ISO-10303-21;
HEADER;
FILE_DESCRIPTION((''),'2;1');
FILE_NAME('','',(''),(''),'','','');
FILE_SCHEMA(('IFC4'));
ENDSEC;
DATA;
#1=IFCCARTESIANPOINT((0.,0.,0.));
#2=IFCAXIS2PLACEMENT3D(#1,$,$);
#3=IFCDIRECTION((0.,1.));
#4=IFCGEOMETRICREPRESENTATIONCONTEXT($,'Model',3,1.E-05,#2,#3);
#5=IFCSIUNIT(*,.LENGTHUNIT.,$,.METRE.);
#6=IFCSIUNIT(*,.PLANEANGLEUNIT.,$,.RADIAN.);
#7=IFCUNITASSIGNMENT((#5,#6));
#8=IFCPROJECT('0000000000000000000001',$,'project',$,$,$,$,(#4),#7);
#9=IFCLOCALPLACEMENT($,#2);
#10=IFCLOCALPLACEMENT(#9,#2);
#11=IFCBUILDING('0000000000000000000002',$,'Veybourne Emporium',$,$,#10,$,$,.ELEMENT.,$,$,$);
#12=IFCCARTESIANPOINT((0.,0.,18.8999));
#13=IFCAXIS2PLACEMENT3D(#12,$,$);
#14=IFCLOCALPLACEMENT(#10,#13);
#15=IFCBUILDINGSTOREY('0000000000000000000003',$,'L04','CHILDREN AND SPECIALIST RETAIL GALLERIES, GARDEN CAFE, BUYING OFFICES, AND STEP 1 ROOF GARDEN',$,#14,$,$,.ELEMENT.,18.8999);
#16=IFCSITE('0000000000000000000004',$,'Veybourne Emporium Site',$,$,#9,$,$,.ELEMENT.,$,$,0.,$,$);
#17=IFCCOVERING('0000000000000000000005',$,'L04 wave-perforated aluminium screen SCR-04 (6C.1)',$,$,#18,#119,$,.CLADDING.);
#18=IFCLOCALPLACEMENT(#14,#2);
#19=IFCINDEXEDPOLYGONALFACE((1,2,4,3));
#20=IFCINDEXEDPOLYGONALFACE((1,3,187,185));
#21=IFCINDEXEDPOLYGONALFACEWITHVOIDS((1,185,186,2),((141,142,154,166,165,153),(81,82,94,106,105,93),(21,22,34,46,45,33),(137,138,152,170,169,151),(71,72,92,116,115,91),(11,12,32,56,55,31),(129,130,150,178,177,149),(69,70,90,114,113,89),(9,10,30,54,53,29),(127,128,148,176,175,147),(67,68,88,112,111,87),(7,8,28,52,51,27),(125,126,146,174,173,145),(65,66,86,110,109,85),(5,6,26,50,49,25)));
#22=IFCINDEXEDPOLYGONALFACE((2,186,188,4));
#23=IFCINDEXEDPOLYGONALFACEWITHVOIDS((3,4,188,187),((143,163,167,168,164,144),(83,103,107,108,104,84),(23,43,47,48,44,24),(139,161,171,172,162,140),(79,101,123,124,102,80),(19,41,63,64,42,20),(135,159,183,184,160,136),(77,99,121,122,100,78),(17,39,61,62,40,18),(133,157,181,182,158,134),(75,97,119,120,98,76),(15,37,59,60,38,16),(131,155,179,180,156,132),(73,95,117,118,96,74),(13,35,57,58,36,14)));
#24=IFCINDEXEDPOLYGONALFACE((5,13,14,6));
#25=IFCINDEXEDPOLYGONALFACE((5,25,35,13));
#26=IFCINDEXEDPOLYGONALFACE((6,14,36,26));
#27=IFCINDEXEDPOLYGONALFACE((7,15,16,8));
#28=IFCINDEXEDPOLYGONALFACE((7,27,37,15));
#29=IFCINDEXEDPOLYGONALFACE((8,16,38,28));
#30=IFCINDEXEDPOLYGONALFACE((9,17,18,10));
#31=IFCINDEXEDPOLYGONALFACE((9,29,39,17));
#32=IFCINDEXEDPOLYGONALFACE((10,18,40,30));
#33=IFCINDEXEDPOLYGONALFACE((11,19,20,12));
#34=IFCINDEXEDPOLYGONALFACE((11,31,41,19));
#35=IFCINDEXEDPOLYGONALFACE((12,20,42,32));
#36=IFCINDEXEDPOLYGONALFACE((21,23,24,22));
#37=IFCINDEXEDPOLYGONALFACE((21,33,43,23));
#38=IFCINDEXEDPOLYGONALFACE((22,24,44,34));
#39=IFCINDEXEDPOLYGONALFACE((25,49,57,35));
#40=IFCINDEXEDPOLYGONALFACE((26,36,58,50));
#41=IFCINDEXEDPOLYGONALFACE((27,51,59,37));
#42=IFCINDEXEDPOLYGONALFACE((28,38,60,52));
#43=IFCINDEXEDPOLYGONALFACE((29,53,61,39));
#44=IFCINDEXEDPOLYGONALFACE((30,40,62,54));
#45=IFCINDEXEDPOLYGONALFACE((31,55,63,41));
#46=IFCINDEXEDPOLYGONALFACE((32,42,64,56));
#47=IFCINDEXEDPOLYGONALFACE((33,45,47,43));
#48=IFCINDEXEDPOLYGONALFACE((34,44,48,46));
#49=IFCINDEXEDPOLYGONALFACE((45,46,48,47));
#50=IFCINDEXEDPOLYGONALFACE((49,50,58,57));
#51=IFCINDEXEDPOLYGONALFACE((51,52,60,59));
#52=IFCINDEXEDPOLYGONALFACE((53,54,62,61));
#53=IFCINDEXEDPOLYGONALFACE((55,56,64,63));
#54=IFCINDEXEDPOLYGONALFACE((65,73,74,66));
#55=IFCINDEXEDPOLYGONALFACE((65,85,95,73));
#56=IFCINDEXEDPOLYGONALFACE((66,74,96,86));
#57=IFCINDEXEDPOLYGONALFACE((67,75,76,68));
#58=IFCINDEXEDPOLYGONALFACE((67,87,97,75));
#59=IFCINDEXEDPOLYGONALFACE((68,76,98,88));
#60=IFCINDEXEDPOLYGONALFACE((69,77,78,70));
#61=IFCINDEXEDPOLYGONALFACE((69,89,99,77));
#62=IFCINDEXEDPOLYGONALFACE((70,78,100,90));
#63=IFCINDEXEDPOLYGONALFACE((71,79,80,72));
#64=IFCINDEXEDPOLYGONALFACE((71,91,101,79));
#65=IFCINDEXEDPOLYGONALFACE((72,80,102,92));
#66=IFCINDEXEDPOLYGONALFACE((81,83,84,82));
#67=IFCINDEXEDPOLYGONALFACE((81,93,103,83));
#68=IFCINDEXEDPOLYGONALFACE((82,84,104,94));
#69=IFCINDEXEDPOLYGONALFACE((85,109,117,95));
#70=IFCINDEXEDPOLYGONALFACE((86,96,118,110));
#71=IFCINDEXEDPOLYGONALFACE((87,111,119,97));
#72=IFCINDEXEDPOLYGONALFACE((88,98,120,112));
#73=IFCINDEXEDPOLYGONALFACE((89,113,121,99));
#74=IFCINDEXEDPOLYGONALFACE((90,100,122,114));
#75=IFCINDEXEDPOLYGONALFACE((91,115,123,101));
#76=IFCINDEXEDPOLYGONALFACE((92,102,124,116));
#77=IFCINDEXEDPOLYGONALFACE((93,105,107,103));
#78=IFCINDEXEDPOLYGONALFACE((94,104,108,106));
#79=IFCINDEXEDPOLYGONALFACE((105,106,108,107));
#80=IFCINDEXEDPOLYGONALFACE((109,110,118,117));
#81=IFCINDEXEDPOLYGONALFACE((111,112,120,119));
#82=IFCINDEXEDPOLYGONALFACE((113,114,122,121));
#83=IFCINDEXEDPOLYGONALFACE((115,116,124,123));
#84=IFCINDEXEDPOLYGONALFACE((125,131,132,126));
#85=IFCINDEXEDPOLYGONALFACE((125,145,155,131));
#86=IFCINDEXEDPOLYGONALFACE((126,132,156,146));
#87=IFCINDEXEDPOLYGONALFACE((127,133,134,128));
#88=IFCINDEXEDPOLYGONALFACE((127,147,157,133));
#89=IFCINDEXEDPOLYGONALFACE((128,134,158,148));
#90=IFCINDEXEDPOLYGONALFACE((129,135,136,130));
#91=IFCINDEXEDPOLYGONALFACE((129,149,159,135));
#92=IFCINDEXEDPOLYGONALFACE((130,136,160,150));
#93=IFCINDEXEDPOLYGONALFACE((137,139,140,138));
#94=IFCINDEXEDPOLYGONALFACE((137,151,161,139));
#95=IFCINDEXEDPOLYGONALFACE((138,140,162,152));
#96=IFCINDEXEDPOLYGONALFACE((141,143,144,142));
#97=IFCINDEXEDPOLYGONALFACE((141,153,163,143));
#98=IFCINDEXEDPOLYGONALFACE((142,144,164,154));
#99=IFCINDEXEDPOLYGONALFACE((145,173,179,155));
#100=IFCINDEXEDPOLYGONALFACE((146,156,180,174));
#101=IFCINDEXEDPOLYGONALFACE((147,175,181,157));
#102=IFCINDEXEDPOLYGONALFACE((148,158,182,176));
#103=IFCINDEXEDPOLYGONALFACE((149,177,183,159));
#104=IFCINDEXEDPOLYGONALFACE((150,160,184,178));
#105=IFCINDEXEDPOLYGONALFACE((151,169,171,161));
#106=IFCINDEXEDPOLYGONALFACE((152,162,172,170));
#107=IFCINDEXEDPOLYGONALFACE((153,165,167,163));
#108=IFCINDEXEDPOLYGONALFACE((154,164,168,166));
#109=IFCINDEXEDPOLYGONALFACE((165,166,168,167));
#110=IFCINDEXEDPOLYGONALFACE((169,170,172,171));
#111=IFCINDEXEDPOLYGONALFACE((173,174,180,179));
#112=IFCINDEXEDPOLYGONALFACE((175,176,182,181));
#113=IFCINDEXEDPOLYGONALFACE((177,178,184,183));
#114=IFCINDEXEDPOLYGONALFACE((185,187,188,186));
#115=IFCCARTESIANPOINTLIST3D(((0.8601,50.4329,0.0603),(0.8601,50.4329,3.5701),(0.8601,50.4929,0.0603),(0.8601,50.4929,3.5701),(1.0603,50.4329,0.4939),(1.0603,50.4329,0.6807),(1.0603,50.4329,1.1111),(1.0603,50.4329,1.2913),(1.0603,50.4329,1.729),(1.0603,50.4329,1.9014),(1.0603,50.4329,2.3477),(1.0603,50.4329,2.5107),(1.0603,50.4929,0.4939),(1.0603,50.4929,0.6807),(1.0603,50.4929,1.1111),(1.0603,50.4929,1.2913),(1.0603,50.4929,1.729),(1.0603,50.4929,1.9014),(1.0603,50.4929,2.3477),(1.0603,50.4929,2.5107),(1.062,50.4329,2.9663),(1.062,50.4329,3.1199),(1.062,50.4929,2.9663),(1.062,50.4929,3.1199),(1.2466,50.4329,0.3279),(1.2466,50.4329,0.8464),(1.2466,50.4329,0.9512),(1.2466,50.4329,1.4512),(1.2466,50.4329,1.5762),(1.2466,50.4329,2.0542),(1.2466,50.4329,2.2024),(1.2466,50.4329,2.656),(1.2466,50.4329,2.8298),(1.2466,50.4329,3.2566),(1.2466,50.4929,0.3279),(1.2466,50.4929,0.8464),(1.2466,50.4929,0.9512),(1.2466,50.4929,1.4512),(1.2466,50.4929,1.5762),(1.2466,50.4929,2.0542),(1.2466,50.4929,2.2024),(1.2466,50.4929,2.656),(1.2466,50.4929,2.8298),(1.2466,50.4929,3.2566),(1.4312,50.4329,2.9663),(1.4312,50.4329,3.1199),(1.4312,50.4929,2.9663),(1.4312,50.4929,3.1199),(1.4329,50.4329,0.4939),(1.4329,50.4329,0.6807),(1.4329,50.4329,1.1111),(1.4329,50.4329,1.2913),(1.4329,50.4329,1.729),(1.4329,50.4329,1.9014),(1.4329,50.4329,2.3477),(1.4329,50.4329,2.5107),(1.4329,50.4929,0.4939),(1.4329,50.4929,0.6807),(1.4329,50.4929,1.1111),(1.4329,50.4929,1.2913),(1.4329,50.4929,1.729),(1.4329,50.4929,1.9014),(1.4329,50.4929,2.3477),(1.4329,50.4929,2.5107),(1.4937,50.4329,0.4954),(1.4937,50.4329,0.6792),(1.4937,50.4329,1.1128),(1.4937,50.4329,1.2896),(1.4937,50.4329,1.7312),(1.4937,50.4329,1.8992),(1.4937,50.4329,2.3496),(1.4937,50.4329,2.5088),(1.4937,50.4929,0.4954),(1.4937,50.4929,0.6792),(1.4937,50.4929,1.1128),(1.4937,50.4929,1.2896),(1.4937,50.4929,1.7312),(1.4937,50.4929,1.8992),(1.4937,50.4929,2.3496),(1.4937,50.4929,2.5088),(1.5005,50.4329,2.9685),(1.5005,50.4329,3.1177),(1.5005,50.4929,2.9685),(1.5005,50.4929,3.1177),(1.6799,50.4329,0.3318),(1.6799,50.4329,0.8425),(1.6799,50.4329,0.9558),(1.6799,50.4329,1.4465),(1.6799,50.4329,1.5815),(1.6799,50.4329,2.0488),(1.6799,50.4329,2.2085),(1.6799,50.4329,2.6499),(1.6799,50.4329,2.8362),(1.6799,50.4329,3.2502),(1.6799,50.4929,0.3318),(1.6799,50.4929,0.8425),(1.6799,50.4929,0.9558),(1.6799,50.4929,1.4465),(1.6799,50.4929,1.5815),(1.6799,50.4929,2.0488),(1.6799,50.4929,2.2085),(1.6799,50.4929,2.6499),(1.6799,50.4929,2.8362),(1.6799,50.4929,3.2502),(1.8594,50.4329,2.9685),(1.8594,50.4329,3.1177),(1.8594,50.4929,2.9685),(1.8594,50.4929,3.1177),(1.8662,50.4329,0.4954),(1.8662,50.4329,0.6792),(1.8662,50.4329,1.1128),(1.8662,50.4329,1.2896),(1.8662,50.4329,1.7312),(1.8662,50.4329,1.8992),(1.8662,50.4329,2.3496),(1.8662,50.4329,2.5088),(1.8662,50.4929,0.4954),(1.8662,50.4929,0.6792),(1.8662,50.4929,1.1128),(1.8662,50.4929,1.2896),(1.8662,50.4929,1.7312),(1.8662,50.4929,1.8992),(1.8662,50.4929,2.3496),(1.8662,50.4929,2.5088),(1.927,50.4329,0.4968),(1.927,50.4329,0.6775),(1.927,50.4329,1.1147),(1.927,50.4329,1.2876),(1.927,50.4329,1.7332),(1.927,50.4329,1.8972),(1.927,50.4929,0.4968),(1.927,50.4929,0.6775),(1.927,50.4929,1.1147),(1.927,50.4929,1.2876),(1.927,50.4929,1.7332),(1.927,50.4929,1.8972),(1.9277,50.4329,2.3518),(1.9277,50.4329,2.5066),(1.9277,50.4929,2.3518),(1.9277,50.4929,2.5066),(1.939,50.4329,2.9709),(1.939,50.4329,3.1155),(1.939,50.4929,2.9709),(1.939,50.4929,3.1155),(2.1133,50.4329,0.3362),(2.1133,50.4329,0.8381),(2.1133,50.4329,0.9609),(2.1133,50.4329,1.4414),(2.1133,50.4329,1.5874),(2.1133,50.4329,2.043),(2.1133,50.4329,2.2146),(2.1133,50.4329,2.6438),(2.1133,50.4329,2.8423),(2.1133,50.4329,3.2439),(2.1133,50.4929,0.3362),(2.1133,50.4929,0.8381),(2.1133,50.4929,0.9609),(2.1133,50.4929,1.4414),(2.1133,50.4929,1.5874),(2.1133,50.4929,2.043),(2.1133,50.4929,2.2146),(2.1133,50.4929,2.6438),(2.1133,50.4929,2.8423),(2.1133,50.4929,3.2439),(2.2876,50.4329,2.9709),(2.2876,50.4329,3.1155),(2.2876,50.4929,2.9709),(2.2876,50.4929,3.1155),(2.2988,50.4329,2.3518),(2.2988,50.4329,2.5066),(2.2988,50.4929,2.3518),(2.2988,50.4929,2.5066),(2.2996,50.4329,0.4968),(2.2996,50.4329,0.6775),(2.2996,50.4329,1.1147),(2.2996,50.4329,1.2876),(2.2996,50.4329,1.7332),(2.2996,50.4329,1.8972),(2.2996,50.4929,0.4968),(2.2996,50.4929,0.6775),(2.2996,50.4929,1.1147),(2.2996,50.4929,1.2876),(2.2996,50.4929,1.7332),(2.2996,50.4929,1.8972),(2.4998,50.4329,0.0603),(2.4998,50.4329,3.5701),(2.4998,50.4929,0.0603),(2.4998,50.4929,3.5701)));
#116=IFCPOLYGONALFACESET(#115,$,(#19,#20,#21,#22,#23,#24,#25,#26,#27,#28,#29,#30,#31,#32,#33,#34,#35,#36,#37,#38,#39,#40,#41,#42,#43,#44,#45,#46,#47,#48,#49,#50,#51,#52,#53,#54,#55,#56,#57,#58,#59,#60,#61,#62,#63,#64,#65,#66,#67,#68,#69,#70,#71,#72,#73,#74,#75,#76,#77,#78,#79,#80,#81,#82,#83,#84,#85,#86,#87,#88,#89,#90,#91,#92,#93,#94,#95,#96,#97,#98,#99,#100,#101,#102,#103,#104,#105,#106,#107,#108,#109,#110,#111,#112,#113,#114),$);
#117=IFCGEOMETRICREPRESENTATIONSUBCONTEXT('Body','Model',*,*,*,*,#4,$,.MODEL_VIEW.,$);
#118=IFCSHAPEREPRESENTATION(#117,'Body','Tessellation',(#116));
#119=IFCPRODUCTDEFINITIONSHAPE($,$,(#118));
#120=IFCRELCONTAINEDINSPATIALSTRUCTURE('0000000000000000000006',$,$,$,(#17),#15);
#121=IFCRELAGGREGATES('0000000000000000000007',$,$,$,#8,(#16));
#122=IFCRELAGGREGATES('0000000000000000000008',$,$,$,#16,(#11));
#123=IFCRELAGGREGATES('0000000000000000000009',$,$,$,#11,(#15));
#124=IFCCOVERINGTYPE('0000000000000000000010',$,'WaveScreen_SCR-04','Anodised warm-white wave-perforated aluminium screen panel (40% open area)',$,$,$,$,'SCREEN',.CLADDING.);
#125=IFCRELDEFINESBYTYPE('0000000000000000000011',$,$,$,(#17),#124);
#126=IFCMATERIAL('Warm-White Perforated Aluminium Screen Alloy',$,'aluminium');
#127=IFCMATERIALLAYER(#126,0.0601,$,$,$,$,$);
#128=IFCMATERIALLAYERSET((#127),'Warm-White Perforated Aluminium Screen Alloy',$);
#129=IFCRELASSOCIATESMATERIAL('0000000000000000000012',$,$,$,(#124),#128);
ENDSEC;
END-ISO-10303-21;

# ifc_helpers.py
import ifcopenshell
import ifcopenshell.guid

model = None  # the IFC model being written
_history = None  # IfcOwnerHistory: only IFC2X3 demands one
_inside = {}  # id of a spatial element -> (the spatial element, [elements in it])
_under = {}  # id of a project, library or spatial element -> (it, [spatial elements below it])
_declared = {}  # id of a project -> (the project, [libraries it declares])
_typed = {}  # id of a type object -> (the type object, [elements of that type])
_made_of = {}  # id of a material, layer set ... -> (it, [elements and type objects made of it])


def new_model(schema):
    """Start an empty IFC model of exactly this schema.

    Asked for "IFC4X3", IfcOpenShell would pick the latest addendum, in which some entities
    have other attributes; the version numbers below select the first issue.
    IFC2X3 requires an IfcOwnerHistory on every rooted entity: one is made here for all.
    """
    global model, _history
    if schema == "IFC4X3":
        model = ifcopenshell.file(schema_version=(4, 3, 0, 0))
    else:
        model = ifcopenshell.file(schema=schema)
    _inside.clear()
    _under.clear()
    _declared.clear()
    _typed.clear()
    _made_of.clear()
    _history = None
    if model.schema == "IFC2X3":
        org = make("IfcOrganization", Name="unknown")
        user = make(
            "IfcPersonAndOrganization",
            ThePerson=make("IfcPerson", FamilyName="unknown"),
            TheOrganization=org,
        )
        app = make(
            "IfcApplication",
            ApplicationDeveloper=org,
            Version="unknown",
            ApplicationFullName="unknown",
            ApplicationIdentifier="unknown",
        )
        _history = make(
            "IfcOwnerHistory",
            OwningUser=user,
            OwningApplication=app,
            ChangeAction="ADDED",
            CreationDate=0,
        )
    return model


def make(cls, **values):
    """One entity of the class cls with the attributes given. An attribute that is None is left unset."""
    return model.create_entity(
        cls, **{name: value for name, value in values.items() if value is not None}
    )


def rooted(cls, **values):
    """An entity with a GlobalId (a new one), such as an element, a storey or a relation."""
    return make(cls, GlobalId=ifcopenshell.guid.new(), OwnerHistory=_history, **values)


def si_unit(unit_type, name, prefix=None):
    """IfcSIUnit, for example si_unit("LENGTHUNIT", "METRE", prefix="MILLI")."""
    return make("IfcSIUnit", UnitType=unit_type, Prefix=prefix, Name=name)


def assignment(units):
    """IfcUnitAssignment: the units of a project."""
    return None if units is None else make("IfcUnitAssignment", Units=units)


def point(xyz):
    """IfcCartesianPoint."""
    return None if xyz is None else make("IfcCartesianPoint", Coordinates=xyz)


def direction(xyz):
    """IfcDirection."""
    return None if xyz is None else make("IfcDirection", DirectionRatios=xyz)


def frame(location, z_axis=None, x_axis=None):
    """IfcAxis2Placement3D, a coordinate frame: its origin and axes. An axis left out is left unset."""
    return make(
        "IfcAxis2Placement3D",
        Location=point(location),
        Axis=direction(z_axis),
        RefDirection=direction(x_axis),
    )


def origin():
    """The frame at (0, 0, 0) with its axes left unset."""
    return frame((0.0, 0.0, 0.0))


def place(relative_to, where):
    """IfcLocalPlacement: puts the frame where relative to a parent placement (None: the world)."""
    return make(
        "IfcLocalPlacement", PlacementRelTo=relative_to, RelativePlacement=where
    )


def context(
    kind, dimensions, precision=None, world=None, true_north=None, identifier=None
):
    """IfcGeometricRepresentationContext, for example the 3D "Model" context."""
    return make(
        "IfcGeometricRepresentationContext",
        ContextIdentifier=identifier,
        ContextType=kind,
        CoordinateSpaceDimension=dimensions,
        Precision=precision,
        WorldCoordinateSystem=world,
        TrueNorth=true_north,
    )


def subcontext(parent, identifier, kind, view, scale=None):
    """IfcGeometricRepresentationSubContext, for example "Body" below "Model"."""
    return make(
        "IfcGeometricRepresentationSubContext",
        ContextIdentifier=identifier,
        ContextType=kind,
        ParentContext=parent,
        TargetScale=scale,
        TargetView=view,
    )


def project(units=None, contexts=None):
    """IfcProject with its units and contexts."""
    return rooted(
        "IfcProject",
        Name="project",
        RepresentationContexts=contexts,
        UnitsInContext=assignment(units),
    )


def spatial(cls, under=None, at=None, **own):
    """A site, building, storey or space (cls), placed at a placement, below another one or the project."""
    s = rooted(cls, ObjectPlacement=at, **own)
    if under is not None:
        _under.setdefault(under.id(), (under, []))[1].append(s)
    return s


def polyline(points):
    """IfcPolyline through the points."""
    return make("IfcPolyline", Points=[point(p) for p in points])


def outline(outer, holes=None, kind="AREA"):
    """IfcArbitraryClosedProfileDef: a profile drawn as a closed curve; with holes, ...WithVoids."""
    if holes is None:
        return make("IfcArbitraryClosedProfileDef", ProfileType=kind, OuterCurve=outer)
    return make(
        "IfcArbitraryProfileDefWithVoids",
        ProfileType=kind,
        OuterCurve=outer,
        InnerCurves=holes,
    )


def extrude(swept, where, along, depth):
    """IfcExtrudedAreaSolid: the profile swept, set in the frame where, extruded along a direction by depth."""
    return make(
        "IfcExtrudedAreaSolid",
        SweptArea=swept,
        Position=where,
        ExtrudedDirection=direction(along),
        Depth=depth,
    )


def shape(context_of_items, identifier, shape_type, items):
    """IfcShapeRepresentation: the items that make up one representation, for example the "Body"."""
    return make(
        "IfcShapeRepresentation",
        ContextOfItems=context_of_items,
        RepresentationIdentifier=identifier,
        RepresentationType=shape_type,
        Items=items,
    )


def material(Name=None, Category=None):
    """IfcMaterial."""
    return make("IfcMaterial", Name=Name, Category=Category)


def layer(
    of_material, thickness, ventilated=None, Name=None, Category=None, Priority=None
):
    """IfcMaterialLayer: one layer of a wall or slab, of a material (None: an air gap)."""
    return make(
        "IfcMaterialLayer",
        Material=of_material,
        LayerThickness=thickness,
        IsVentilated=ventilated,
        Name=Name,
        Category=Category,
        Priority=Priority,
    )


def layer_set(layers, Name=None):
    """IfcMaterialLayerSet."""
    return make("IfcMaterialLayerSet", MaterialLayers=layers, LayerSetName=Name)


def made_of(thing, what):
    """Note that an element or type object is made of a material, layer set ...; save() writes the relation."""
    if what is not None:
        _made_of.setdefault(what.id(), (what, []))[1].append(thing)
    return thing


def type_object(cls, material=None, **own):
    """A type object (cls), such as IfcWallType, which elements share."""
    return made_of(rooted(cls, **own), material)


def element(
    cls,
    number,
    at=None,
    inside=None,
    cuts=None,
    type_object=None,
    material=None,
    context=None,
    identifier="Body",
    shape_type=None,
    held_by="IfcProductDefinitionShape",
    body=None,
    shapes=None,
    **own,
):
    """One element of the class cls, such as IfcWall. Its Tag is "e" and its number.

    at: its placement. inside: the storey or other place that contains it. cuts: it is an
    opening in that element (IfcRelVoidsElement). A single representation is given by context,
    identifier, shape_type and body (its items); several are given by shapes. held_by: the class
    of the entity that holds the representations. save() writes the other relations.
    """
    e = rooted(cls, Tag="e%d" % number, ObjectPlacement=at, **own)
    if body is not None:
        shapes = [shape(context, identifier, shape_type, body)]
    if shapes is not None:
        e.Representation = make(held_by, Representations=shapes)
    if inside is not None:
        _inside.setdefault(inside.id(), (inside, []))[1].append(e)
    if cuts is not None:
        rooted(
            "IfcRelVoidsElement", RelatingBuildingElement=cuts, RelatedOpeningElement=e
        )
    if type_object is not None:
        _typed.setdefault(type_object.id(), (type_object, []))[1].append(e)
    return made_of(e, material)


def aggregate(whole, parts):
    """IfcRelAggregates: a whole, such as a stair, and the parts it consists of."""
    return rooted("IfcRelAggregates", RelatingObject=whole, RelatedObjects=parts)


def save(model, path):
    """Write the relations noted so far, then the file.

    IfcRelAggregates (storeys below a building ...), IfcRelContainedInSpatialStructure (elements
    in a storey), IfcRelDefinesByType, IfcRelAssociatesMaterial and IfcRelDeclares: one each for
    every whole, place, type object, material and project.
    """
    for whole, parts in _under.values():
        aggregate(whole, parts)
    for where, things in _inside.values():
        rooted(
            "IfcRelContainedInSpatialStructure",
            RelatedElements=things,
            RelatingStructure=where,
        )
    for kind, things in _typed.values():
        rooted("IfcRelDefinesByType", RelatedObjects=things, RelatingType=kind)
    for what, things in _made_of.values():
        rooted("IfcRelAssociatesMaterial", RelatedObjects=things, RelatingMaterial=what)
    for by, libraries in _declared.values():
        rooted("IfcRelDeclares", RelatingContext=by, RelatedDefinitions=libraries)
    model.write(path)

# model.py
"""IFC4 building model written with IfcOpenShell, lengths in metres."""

from ifc_helpers import new_model, si_unit, direction, frame, origin, place, context, subcontext, project, spatial, polyline, outline, extrude, material, layer, layer_set, type_object, element, save


model = new_model("IFC4")

# Units and contexts
model_context = context("Model", 3, precision=1e-05, world=origin(), true_north=direction((0.0, 1.0)))
body_context = subcontext(model_context, "Body", "Model", "MODEL_VIEW")
ifc_project = project(units=[si_unit("LENGTHUNIT", "METRE"), si_unit("PLANEANGLEUNIT", "RADIAN")], contexts=[model_context])

# Site, building, storey
site_placement = place(None, origin())
site = spatial("IfcSite", under=ifc_project, at=site_placement, Name="Veybourne Emporium Site", CompositionType="ELEMENT", RefElevation=0.0)
building_placement = place(site_placement, origin())
building = spatial("IfcBuilding", under=site, at=building_placement, Name="Veybourne Emporium", CompositionType="ELEMENT")
storey_placement = place(building_placement, frame((0.0, 0.0, 18.8999)))
storey = spatial("IfcBuildingStorey", under=building, at=storey_placement, Name="L04", Description="CHILDREN AND SPECIALIST RETAIL GALLERIES, GARDEN CAFE, BUYING OFFICES, AND STEP 1 ROOF GARDEN", CompositionType="ELEMENT", Elevation=18.8999)

# Covering
ifc_material_1 = material(Name="Warm-White Perforated Aluminium Screen Alloy", Category="aluminium")
ifc_layer_1 = layer(ifc_material_1, 0.0601)
ifc_layer_set_1 = layer_set([ifc_layer_1], Name="Warm-White Perforated Aluminium Screen Alloy")
covering_type_1 = type_object("IfcCoveringType", Name="WaveScreen_SCR-04", Description="Anodised warm-white wave-perforated aluminium screen panel (40% open area)", ElementType="SCREEN", PredefinedType="CLADDING", material=ifc_layer_set_1)
covering_1_placement = place(storey_placement, frame((1.6799, 50.4929, 1.8152), z_axis=(0.0, -1.0, 0.0), x_axis=(1.0, 0.0, 0.0)))
element("IfcCovering", 1, at=covering_1_placement, inside=storey, type_object=covering_type_1, Name="L04 wave-perforated aluminium screen SCR-04 (6C.1)", PredefinedType="CLADDING", context=body_context, shape_type="SweptSolid", body=[
    extrude(outline(polyline([(-0.8198, -1.7549), (0.8198, -1.7549), (0.8198, 1.7549), (-0.8198, 1.7549), (-0.8198, -1.7549)]), holes=[polyline([(-0.4333, -0.9688), (-0.2471, -1.1345), (-0.2471, -1.3213), (-0.4333, -1.4873), (-0.6196, -1.3213), (-0.6196, -1.1345), (-0.4333, -0.9688)]), polyline([(-0.4333, -0.364), (-0.2471, -0.5239), (-0.2471, -0.7041), (-0.4333, -0.864), (-0.6196, -0.7041), (-0.6196, -0.5239), (-0.4333, -0.364)]), polyline([(-0.4333, 0.239), (-0.2471, 0.0862), (-0.2471, -0.0862), (-0.4333, -0.239), (-0.6196, -0.0862), (-0.6196, 0.0862), (-0.4333, 0.239)]), polyline([(-0.4333, 0.8408), (-0.2471, 0.6956), (-0.2471, 0.5325), (-0.4333, 0.3872), (-0.6196, 0.5325), (-0.6196, 0.6956), (-0.4333, 0.8408)]), polyline([(-0.4333, 1.4414), (-0.2488, 1.3047), (-0.2488, 1.1511), (-0.4333, 1.0146), (-0.6179, 1.1511), (-0.6179, 1.3047), (-0.4333, 1.4414)]), polyline([(0.0, -0.9727), (0.1863, -1.136), (0.1863, -1.3198), (0.0, -1.4834), (-0.1863, -1.3198), (-0.1863, -1.136), (0.0, -0.9727)]), polyline([(0.0, -0.3687), (0.1863, -0.5256), (0.1863, -0.7024), (0.0, -0.8594), (-0.1863, -0.7024), (-0.1863, -0.5256), (0.0, -0.3687)]), polyline([(0.0, 0.2336), (0.1863, 0.084), (0.1863, -0.084), (0.0, -0.2336), (-0.1863, -0.084), (-0.1863, 0.084), (0.0, 0.2336)]), polyline([(0.0, 0.8347), (0.1863, 0.6936), (0.1863, 0.5344), (0.0, 0.3933), (-0.1863, 0.5344), (-0.1863, 0.6936), (0.0, 0.8347)]), polyline([(0.0, 1.4351), (0.1794, 1.3025), (0.1794, 1.1533), (0.0, 1.021), (-0.1794, 1.1533), (-0.1794, 1.3025), (0.0, 1.4351)]), polyline([(0.4333, -0.9771), (0.6196, -1.1377), (0.6196, -1.3184), (0.4333, -1.479), (0.2471, -1.3184), (0.2471, -1.1377), (0.4333, -0.9771)]), polyline([(0.4333, -0.3738), (0.6196, -0.5276), (0.6196, -0.7004), (0.4333, -0.8542), (0.2471, -0.7004), (0.2471, -0.5276), (0.4333, -0.3738)]), polyline([(0.4333, 0.2278), (0.6196, 0.082), (0.6196, -0.082), (0.4333, -0.2278), (0.2471, -0.082), (0.2471, 0.082), (0.4333, 0.2278)]), polyline([(0.4333, 0.8286), (0.6189, 0.6914), (0.6189, 0.5366), (0.4333, 0.3994), (0.2478, 0.5366), (0.2478, 0.6914), (0.4333, 0.8286)]), polyline([(0.4333, 1.4287), (0.6077, 1.3003), (0.6077, 1.1558), (0.4333, 1.0271), (0.259, 1.1558), (0.259, 1.3003), (0.4333, 1.4287)])]), origin(), (0.0, 0.0, 1.0), 0.0601),
])

save(model, "model.ifc")
